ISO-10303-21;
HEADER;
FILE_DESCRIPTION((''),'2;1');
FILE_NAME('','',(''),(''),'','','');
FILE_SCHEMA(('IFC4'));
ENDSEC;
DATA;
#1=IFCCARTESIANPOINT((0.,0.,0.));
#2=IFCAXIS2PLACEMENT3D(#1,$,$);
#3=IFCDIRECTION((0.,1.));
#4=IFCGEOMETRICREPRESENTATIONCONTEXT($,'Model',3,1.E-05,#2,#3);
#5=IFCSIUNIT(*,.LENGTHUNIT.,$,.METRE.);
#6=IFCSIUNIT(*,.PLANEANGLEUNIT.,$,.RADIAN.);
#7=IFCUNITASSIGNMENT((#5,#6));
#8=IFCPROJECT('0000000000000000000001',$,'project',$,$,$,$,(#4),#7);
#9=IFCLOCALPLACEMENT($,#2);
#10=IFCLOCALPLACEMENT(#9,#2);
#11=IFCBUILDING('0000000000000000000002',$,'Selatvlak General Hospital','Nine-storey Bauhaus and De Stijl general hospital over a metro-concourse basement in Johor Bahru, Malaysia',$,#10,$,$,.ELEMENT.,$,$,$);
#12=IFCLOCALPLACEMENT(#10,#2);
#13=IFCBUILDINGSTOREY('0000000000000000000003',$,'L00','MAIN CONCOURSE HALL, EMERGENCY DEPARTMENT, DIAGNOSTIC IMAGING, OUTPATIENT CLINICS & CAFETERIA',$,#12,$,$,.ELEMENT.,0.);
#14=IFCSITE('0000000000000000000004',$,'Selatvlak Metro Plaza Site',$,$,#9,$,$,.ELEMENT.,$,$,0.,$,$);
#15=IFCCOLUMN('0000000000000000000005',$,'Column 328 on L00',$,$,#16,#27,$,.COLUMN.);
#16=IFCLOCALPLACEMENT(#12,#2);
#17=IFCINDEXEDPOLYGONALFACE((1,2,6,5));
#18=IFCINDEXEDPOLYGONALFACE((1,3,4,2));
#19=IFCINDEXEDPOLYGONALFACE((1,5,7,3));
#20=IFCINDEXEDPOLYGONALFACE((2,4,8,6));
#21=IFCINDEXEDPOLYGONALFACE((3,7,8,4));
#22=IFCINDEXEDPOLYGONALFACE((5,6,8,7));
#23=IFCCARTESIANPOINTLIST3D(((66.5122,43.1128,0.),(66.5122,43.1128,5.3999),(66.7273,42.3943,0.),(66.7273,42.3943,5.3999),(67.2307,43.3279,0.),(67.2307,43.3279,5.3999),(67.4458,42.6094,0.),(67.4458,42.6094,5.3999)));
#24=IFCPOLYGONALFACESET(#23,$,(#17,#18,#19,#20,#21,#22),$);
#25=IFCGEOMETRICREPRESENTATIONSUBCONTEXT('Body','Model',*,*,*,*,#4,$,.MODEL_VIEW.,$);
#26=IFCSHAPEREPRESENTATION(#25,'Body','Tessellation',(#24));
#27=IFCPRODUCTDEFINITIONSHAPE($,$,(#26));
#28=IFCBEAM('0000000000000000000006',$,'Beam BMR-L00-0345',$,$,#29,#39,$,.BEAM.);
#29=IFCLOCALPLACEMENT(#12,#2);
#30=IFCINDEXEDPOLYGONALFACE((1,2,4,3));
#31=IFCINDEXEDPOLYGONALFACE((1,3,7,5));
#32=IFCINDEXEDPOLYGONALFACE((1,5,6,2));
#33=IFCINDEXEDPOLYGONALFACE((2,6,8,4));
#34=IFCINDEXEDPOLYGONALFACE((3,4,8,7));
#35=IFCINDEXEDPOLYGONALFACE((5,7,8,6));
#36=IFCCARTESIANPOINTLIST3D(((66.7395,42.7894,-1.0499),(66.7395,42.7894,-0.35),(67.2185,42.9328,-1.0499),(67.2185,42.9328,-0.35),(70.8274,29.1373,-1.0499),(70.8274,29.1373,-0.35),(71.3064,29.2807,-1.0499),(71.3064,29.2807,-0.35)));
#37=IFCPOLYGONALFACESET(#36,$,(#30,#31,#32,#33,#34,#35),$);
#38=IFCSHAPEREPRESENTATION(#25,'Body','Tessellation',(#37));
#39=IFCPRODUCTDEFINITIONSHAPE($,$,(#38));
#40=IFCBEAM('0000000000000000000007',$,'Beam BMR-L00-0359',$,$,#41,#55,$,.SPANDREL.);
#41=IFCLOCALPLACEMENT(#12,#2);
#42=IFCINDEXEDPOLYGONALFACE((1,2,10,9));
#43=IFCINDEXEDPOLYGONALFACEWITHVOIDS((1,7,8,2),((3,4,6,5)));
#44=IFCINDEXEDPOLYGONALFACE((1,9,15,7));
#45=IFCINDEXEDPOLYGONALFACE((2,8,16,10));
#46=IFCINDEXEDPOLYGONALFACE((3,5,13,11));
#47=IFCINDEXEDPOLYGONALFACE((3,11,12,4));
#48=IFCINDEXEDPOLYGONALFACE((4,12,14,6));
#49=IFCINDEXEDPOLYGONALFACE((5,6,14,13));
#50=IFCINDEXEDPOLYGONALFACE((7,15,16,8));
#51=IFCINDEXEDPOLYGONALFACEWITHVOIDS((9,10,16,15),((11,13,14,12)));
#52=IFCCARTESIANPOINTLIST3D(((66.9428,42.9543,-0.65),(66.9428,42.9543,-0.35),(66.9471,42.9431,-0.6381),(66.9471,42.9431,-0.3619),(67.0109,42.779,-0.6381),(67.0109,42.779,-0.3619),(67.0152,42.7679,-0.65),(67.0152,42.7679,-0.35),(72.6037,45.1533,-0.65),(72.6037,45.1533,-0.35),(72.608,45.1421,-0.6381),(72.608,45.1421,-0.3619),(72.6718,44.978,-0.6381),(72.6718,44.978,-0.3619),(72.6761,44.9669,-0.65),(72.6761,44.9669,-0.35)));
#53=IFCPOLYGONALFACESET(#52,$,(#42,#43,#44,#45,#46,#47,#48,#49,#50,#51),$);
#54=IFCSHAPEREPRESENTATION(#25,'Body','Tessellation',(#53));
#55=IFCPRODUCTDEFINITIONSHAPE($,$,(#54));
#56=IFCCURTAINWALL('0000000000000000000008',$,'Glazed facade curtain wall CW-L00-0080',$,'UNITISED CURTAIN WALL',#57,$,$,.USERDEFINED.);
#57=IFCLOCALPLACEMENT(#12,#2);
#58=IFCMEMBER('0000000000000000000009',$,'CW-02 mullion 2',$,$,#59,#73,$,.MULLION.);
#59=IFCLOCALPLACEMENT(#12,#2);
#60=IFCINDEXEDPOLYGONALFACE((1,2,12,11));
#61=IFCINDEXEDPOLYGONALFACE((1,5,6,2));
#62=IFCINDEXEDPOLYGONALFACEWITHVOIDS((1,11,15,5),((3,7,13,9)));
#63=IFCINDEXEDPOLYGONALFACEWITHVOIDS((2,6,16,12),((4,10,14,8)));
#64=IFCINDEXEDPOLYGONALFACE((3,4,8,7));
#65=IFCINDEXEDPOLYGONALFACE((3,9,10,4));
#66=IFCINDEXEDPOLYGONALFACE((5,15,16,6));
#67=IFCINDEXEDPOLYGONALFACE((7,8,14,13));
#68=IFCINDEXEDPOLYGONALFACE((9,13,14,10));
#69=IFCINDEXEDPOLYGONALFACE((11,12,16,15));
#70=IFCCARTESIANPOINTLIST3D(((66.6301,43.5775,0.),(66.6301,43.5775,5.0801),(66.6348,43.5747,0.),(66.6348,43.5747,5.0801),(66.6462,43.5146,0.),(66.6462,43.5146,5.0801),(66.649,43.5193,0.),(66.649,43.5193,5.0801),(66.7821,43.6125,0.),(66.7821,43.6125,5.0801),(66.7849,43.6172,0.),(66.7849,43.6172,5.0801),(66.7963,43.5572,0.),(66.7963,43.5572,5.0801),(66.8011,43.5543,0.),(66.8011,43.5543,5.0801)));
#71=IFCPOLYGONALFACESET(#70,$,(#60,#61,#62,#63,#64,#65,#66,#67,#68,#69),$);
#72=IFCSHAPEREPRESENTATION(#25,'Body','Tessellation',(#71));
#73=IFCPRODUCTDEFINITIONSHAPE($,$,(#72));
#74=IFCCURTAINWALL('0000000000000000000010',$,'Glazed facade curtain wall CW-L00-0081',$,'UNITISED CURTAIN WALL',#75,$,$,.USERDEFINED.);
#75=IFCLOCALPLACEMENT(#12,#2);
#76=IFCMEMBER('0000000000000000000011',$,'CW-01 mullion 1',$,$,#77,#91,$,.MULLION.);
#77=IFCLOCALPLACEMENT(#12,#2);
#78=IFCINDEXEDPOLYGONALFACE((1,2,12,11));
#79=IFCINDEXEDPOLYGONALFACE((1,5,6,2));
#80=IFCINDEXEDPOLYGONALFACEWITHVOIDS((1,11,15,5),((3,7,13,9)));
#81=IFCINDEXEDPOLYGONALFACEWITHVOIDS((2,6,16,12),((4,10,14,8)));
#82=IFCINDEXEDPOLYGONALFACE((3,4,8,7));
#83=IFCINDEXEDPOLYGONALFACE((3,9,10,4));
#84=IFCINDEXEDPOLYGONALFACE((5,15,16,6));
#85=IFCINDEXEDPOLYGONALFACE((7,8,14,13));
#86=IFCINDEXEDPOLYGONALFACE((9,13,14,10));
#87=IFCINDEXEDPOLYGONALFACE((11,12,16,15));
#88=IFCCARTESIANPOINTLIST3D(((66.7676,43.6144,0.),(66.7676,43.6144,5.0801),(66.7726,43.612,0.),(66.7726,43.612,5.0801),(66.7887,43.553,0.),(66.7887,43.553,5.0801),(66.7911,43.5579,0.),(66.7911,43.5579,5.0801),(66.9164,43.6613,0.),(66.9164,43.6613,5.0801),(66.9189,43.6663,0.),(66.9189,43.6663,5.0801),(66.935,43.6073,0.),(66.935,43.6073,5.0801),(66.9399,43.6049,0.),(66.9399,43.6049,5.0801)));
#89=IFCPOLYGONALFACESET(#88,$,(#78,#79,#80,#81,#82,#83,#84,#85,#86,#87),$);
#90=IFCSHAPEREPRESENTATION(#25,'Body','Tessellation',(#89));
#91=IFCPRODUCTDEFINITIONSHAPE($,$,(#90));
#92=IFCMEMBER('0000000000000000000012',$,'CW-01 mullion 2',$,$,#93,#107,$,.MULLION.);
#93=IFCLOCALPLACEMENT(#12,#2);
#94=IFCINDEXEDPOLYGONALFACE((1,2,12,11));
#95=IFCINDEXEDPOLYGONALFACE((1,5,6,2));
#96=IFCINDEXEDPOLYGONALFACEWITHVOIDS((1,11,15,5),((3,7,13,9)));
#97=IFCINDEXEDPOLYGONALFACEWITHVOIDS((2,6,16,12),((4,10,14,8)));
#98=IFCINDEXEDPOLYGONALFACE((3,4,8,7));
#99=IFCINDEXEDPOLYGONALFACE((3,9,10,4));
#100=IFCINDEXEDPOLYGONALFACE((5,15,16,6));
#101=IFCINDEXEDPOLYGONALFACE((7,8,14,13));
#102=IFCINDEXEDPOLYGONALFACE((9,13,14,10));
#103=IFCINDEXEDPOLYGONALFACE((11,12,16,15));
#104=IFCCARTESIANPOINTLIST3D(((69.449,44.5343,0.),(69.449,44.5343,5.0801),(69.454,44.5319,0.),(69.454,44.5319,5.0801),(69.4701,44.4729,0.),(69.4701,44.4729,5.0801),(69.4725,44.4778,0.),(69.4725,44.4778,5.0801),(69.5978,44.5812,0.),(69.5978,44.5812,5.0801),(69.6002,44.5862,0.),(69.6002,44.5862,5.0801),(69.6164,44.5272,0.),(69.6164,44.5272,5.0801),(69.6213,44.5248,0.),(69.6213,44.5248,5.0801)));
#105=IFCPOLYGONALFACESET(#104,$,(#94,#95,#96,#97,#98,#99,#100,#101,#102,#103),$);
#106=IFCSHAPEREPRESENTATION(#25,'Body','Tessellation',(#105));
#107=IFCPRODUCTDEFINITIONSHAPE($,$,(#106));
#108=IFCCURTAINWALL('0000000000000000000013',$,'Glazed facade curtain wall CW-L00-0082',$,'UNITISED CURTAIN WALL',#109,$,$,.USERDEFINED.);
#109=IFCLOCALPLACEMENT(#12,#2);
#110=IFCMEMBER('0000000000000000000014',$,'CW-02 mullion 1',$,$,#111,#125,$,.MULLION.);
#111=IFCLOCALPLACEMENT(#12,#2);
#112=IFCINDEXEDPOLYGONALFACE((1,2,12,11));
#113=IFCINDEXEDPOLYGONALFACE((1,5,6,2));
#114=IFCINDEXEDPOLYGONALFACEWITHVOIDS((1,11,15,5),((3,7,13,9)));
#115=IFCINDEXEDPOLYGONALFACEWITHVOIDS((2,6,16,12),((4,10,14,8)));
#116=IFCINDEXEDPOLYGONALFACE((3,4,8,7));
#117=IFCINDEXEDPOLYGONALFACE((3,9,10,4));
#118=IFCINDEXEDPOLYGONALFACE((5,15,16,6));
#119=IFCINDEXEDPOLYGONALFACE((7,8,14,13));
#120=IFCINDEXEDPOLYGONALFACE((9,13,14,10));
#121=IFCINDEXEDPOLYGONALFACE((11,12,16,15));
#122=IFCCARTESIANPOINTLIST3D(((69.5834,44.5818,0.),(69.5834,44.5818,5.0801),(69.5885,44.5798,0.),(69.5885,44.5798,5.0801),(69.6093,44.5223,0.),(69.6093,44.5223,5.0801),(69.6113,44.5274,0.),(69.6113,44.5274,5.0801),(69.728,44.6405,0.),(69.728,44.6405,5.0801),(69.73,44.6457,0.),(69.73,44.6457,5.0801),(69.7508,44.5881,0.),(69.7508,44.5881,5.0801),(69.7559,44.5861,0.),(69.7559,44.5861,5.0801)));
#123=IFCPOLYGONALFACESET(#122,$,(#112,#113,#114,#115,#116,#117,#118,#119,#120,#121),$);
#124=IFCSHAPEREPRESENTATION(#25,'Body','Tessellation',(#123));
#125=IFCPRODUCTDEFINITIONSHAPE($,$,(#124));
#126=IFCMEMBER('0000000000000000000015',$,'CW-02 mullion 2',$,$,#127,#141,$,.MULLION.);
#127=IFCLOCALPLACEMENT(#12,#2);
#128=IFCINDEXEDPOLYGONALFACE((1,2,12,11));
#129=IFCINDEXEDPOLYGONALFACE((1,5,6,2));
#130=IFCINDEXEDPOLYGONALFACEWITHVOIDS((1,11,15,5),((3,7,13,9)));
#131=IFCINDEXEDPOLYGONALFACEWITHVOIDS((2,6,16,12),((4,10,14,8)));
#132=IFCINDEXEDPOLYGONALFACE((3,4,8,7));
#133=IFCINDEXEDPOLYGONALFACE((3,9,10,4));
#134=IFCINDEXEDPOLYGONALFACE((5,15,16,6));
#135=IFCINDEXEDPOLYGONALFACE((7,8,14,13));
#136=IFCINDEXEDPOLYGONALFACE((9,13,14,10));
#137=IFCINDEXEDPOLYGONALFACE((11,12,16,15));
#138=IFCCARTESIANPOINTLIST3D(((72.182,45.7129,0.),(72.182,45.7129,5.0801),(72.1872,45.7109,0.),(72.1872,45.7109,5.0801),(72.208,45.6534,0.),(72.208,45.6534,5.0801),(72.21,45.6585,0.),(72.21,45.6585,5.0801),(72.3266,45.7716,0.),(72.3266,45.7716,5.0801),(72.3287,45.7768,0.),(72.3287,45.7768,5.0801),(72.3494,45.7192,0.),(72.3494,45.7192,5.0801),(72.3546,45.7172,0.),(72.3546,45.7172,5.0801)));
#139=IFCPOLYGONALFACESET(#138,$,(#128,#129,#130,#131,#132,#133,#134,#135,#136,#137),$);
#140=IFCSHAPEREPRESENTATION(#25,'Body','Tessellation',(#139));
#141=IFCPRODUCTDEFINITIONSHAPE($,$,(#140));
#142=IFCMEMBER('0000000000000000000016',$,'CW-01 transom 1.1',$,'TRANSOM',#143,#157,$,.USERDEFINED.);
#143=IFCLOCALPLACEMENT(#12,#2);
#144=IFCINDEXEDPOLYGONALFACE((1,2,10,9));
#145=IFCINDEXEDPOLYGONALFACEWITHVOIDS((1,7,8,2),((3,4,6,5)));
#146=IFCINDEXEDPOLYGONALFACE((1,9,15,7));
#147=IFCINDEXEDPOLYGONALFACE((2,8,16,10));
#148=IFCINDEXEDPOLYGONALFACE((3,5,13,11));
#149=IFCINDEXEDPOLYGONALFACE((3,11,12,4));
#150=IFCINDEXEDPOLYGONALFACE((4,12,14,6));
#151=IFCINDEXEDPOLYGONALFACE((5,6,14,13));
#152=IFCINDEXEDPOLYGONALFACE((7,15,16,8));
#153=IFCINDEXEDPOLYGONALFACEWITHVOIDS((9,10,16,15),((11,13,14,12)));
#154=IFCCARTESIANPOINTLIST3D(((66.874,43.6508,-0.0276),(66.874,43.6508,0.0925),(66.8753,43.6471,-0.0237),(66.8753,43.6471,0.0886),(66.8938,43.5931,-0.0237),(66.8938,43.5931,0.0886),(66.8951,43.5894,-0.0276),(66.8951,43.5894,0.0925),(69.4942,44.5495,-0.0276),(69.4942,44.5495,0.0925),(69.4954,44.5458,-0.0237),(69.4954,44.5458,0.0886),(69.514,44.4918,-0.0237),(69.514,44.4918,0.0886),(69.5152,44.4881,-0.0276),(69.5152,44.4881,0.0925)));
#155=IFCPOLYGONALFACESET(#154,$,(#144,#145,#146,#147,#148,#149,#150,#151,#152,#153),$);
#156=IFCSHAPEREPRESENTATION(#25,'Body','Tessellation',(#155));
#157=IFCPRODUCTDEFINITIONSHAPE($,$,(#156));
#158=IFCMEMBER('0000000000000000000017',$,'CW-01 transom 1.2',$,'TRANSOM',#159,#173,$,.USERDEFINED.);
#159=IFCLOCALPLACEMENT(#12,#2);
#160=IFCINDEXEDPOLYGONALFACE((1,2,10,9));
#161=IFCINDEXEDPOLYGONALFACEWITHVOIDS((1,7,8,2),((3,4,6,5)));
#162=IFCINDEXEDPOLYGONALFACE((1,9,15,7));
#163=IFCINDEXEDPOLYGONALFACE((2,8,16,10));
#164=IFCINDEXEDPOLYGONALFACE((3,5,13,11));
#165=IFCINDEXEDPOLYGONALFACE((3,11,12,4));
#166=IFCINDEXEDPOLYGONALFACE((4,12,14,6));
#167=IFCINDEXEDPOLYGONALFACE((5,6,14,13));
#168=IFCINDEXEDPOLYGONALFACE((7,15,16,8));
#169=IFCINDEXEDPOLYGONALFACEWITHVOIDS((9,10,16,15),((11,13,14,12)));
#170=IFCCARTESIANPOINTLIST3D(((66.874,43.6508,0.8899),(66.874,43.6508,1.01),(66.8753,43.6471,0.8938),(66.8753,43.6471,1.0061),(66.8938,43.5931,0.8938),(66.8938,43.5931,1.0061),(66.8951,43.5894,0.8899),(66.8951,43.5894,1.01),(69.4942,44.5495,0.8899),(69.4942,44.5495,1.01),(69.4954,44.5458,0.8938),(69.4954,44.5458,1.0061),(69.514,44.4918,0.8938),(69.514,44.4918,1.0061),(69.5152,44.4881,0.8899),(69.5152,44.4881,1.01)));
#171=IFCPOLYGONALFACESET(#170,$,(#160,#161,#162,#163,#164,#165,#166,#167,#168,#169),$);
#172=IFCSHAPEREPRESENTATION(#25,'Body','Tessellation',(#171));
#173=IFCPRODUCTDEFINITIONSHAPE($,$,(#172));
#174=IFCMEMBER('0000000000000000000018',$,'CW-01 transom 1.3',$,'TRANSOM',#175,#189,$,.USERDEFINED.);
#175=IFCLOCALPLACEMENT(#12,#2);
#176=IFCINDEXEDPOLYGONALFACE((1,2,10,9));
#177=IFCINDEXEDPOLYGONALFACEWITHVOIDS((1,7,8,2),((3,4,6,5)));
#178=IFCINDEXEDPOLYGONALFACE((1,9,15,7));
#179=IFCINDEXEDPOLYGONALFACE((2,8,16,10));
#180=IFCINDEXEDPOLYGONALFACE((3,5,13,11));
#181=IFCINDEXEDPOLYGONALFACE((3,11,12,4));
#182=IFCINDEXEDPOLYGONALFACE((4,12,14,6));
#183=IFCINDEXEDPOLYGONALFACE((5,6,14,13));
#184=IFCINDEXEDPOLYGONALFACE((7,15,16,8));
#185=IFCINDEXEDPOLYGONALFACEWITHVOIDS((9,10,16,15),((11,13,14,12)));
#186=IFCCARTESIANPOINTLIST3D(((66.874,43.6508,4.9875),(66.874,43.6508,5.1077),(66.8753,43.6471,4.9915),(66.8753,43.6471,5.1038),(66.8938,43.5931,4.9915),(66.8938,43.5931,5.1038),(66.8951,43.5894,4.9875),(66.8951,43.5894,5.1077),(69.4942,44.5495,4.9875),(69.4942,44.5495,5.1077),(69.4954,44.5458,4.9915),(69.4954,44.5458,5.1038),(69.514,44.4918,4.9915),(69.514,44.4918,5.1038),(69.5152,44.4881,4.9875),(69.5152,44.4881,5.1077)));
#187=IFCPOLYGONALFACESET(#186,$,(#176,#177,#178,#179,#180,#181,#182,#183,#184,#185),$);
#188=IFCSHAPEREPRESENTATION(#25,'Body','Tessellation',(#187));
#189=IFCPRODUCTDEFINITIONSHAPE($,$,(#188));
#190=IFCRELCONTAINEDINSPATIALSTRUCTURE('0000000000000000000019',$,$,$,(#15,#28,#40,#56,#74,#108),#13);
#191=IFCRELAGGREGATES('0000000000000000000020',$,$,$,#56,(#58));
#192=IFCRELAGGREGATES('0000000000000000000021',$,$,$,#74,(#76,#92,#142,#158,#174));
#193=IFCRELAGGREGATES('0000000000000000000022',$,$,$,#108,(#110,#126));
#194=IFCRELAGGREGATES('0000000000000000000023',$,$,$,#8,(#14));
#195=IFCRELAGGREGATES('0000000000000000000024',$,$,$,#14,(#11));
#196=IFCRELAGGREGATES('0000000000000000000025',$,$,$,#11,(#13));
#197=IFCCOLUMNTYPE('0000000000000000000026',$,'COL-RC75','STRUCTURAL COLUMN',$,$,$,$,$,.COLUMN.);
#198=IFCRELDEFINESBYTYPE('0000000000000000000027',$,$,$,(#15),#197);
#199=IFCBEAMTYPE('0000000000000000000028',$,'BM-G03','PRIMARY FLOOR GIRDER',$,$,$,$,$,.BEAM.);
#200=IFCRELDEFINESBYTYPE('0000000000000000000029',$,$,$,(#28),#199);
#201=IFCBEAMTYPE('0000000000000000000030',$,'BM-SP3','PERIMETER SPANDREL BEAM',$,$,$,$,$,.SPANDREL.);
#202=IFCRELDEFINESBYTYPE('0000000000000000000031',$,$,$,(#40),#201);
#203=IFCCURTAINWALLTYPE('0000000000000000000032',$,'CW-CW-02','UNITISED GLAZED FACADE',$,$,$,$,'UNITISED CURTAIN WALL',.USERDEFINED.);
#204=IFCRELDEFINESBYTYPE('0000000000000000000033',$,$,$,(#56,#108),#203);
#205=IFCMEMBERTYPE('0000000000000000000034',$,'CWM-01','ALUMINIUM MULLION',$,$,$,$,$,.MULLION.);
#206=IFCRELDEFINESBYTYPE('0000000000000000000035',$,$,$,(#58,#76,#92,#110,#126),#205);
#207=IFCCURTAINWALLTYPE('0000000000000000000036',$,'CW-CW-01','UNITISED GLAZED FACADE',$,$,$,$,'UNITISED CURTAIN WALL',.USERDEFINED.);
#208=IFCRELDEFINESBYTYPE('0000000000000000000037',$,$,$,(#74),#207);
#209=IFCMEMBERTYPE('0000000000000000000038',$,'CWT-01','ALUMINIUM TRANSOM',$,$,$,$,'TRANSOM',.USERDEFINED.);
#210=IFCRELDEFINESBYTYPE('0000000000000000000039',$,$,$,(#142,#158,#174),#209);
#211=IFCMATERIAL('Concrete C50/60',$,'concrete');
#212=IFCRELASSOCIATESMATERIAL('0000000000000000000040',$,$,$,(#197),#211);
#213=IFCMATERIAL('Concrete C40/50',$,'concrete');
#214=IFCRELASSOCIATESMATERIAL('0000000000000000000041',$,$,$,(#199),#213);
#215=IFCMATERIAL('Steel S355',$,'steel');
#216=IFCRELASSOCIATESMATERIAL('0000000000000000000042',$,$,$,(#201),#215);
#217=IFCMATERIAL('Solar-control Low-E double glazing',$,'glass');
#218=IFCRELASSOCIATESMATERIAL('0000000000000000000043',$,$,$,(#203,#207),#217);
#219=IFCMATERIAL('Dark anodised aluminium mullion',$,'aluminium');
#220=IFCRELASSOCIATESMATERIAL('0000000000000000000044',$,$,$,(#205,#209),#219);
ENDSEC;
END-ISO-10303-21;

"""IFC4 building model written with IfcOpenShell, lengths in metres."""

from ifc_helpers import new_model, si_unit, direction, frame, origin, origin_2d, place, context, subcontext, project, spatial, rectangle, hollow_rectangle, extrude, material, material_profile, profile_set, type_object, element, aggregate, save


model = new_model("IFC4")

# Units and contexts
model_context = context("Model", 3, precision=1e-05, world=origin(), true_north=direction((0.0, 1.0)))
body_context = subcontext(model_context, "Body", "Model", "MODEL_VIEW")
ifc_project = project(units=[si_unit("LENGTHUNIT", "METRE"), si_unit("PLANEANGLEUNIT", "RADIAN")], contexts=[model_context])

# Site, building, storey
site_placement = place(None, origin())
site = spatial("IfcSite", under=ifc_project, at=site_placement, Name="Selatvlak Metro Plaza Site", CompositionType="ELEMENT", RefElevation=0.0)
building_placement = place(site_placement, origin())
building = spatial("IfcBuilding", under=site, at=building_placement, Name="Selatvlak General Hospital", Description="Nine-storey Bauhaus and De Stijl general hospital over a metro-concourse basement in Johor Bahru, Malaysia", CompositionType="ELEMENT")
storey_placement = place(building_placement, origin())
storey = spatial("IfcBuildingStorey", under=building, at=storey_placement, Name="L00", Description="MAIN CONCOURSE HALL, EMERGENCY DEPARTMENT, DIAGNOSTIC IMAGING, OUTPATIENT CLINICS & CAFETERIA", CompositionType="ELEMENT", Elevation=0.0)

# Column
ifc_material_1 = material(Name="Concrete C50/60", Category="concrete")
ifc_material_profile_1 = material_profile(ifc_material_1, rectangle(XDim=0.75, YDim=0.75, at=origin_2d()), Name="RC-COL 750x750")
ifc_profile_set_1 = profile_set([ifc_material_profile_1], Name="Concrete C50/60")
column_type = type_object("IfcColumnType", Name="COL-RC75", Description="STRUCTURAL COLUMN", PredefinedType="COLUMN", material=ifc_profile_set_1)
column_placement = place(storey_placement, frame((66.979, 42.8611, 0.0), z_axis=(0.0, 0.0, 1.0), x_axis=(-0.286859, 0.957973, 0.0)))
element("IfcColumn", 1, at=column_placement, inside=storey, type_object=column_type, Name="Column 328 on L00", PredefinedType="COLUMN", context=body_context, shape_type="SweptSolid", body=[
    extrude(rectangle(XDim=0.75, YDim=0.75, at=origin_2d()), origin(), (0.0, 0.0, 1.0), 5.3999),
])

# Beams
ifc_material_2 = material(Name="Concrete C40/50", Category="concrete")
ifc_material_profile_2 = material_profile(ifc_material_2, rectangle(XDim=0.5, YDim=0.7, at=origin_2d()), Name="RC-BM 500x700")
ifc_profile_set_2 = profile_set([ifc_material_profile_2], Name="Concrete C40/50")
beam_type_1 = type_object("IfcBeamType", Name="BM-G03", Description="PRIMARY FLOOR GIRDER", PredefinedType="BEAM", material=ifc_profile_set_2)
beam_1_placement = place(storey_placement, frame((66.979, 42.8611, -0.7), z_axis=(0.28685, -0.957976, 0.0), x_axis=(0.957976, 0.28685, 0.0)))
element("IfcBeam", 2, at=beam_1_placement, inside=storey, type_object=beam_type_1, Name="Beam BMR-L00-0345", PredefinedType="BEAM", context=body_context, shape_type="SweptSolid", body=[
    extrude(rectangle(XDim=0.5, YDim=0.7, at=origin_2d()), origin(), (0.0, 0.0, 1.0), 14.251),
])
ifc_material_3 = material(Name="Steel S355", Category="steel")
ifc_material_profile_3 = material_profile(ifc_material_3, hollow_rectangle(XDim=0.2, YDim=0.3, WallThickness=0.012, at=origin_2d()), Name="RHS 300x200x12")
ifc_profile_set_3 = profile_set([ifc_material_profile_3], Name="Steel S355")
beam_type_2 = type_object("IfcBeamType", Name="BM-SP3", Description="PERIMETER SPANDREL BEAM", PredefinedType="SPANDREL", material=ifc_profile_set_3)
beam_2_placement = place(storey_placement, frame((66.979, 42.8611, -0.5), z_axis=(0.932143, 0.362091, 0.0), x_axis=(-0.362091, 0.932143, 0.0)))
element("IfcBeam", 3, at=beam_2_placement, inside=storey, type_object=beam_type_2, Name="Beam BMR-L00-0359", PredefinedType="SPANDREL", context=body_context, shape_type="SweptSolid", body=[
    extrude(hollow_rectangle(XDim=0.2, YDim=0.3, WallThickness=0.012, at=origin_2d()), origin(), (0.0, 0.0, 1.0), 6.073),
])

# Curtain wall, member
ifc_material_4 = material(Name="Solar-control Low-E double glazing", Category="glass")
curtain_wall_type_1 = type_object("IfcCurtainWallType", Name="CW-CW-02", Description="UNITISED GLAZED FACADE", ElementType="UNITISED CURTAIN WALL", PredefinedType="USERDEFINED", material=ifc_material_4)
curtain_wall_1_placement = place(storey_placement, origin())
curtain_wall_1 = element("IfcCurtainWall", 4, at=curtain_wall_1_placement, inside=storey, type_object=curtain_wall_type_1, Name="Glazed facade curtain wall CW-L00-0080", ObjectType="UNITISED CURTAIN WALL", PredefinedType="USERDEFINED")
ifc_material_5 = material(Name="Dark anodised aluminium mullion", Category="aluminium")
ifc_material_profile_4 = material_profile(ifc_material_5, hollow_rectangle(XDim=0.0649, YDim=0.1599, WallThickness=0.0039, at=origin_2d()), Name="AL-MUL 65x160x4")
ifc_profile_set_4 = profile_set([ifc_material_profile_4], Name="Dark anodised aluminium mullion")
member_type_1 = type_object("IfcMemberType", Name="CWM-01", Description="ALUMINIUM MULLION", PredefinedType="MULLION", material=ifc_profile_set_4)
member_1_placement = place(storey_placement, frame((66.7156, 43.5659, 0.0), z_axis=(0.0, 0.0, 1.0), x_axis=(-0.248607, 0.968604, 0.0)))
member_1 = element("IfcMember", 5, at=member_1_placement, type_object=member_type_1, Name="CW-02 mullion 2", PredefinedType="MULLION", context=body_context, shape_type="SweptSolid", body=[
    extrude(hollow_rectangle(XDim=0.0649, YDim=0.1599, WallThickness=0.0039, at=origin_2d()), origin(), (0.0, 0.0, 1.0), 5.0801),
])

# Curtain walls, members
curtain_wall_type_2 = type_object("IfcCurtainWallType", Name="CW-CW-01", Description="UNITISED GLAZED FACADE", ElementType="UNITISED CURTAIN WALL", PredefinedType="USERDEFINED", material=ifc_material_4)
curtain_wall_2_placement = place(storey_placement, origin())
curtain_wall_2 = element("IfcCurtainWall", 6, at=curtain_wall_2_placement, inside=storey, type_object=curtain_wall_type_2, Name="Glazed facade curtain wall CW-L00-0081", ObjectType="UNITISED CURTAIN WALL", PredefinedType="USERDEFINED")
member_2_placement = place(storey_placement, frame((66.8538, 43.6096, 0.0), z_axis=(0.0, 0.0, 1.0), x_axis=(-0.324492, 0.945889, 0.0)))
member_2 = element("IfcMember", 7, at=member_2_placement, type_object=member_type_1, Name="CW-01 mullion 1", PredefinedType="MULLION", context=body_context, shape_type="SweptSolid", body=[
    extrude(hollow_rectangle(XDim=0.0649, YDim=0.1599, WallThickness=0.0039, at=origin_2d()), origin(), (0.0, 0.0, 1.0), 5.0801),
])
member_3_placement = place(storey_placement, frame((69.5352, 44.5295, 0.0), z_axis=(0.0, 0.0, 1.0), x_axis=(-0.324492, 0.945889, 0.0)))
member_3 = element("IfcMember", 8, at=member_3_placement, type_object=member_type_1, Name="CW-01 mullion 2", PredefinedType="MULLION", context=body_context, shape_type="SweptSolid", body=[
    extrude(hollow_rectangle(XDim=0.0649, YDim=0.1599, WallThickness=0.0039, at=origin_2d()), origin(), (0.0, 0.0, 1.0), 5.0801),
])
curtain_wall_3_placement = place(storey_placement, origin())
curtain_wall_3 = element("IfcCurtainWall", 9, at=curtain_wall_3_placement, inside=storey, type_object=curtain_wall_type_1, Name="Glazed facade curtain wall CW-L00-0082", ObjectType="UNITISED CURTAIN WALL", PredefinedType="USERDEFINED")
member_4_placement = place(storey_placement, frame((69.6697, 44.584, 0.0), z_axis=(0.0, 0.0, 1.0), x_axis=(-0.399117, 0.9169, 0.0)))
member_4 = element("IfcMember", 10, at=member_4_placement, type_object=member_type_1, Name="CW-02 mullion 1", PredefinedType="MULLION", context=body_context, shape_type="SweptSolid", body=[
    extrude(hollow_rectangle(XDim=0.0649, YDim=0.1599, WallThickness=0.0039, at=origin_2d()), origin(), (0.0, 0.0, 1.0), 5.0801),
])
member_5_placement = place(storey_placement, frame((72.2683, 45.7151, 0.0), z_axis=(0.0, 0.0, 1.0), x_axis=(-0.399117, 0.9169, 0.0)))
member_5 = element("IfcMember", 11, at=member_5_placement, type_object=member_type_1, Name="CW-02 mullion 2", PredefinedType="MULLION", context=body_context, shape_type="SweptSolid", body=[
    extrude(hollow_rectangle(XDim=0.0649, YDim=0.1599, WallThickness=0.0039, at=origin_2d()), origin(), (0.0, 0.0, 1.0), 5.0801),
])

# Members
ifc_material_profile_5 = material_profile(ifc_material_5, hollow_rectangle(XDim=0.0649, YDim=0.1201, WallThickness=0.0039, at=origin_2d()), Name="AL-TRN 65x120x4")
ifc_profile_set_5 = profile_set([ifc_material_profile_5], Name="Dark anodised aluminium mullion")
member_type_2 = type_object("IfcMemberType", Name="CWT-01", Description="ALUMINIUM TRANSOM", ElementType="TRANSOM", PredefinedType="USERDEFINED", material=ifc_profile_set_5)
member_6_placement = place(storey_placement, frame((66.8845, 43.6201, 0.0325), z_axis=(0.945907, 0.324439, 0.0), x_axis=(-0.324439, 0.945907, 0.0)))
member_6 = element("IfcMember", 12, at=member_6_placement, type_object=member_type_2, Name="CW-01 transom 1.1", ObjectType="TRANSOM", PredefinedType="USERDEFINED", context=body_context, shape_type="SweptSolid", body=[
    extrude(hollow_rectangle(XDim=0.0649, YDim=0.1201, WallThickness=0.0039, at=origin_2d()), origin(), (0.0, 0.0, 1.0), 2.77),
])
member_7_placement = place(storey_placement, frame((66.8845, 43.6201, 0.95), z_axis=(0.945907, 0.324439, 0.0), x_axis=(-0.324439, 0.945907, 0.0)))
member_7 = element("IfcMember", 13, at=member_7_placement, type_object=member_type_2, Name="CW-01 transom 1.2", ObjectType="TRANSOM", PredefinedType="USERDEFINED", context=body_context, shape_type="SweptSolid", body=[
    extrude(hollow_rectangle(XDim=0.0649, YDim=0.1201, WallThickness=0.0039, at=origin_2d()), origin(), (0.0, 0.0, 1.0), 2.77),
])
member_8_placement = place(storey_placement, frame((66.8845, 43.6201, 5.0476), z_axis=(0.945907, 0.324439, 0.0), x_axis=(-0.324439, 0.945907, 0.0)))
member_8 = element("IfcMember", 14, at=member_8_placement, type_object=member_type_2, Name="CW-01 transom 1.3", ObjectType="TRANSOM", PredefinedType="USERDEFINED", context=body_context, shape_type="SweptSolid", body=[
    extrude(hollow_rectangle(XDim=0.0649, YDim=0.1201, WallThickness=0.0039, at=origin_2d()), origin(), (0.0, 0.0, 1.0), 2.77),
])

aggregate(curtain_wall_1, [member_1])
aggregate(curtain_wall_2, [member_2, member_3, member_6, member_7, member_8])
aggregate(curtain_wall_3, [member_4, member_5])

save(model, "model.ifc")
